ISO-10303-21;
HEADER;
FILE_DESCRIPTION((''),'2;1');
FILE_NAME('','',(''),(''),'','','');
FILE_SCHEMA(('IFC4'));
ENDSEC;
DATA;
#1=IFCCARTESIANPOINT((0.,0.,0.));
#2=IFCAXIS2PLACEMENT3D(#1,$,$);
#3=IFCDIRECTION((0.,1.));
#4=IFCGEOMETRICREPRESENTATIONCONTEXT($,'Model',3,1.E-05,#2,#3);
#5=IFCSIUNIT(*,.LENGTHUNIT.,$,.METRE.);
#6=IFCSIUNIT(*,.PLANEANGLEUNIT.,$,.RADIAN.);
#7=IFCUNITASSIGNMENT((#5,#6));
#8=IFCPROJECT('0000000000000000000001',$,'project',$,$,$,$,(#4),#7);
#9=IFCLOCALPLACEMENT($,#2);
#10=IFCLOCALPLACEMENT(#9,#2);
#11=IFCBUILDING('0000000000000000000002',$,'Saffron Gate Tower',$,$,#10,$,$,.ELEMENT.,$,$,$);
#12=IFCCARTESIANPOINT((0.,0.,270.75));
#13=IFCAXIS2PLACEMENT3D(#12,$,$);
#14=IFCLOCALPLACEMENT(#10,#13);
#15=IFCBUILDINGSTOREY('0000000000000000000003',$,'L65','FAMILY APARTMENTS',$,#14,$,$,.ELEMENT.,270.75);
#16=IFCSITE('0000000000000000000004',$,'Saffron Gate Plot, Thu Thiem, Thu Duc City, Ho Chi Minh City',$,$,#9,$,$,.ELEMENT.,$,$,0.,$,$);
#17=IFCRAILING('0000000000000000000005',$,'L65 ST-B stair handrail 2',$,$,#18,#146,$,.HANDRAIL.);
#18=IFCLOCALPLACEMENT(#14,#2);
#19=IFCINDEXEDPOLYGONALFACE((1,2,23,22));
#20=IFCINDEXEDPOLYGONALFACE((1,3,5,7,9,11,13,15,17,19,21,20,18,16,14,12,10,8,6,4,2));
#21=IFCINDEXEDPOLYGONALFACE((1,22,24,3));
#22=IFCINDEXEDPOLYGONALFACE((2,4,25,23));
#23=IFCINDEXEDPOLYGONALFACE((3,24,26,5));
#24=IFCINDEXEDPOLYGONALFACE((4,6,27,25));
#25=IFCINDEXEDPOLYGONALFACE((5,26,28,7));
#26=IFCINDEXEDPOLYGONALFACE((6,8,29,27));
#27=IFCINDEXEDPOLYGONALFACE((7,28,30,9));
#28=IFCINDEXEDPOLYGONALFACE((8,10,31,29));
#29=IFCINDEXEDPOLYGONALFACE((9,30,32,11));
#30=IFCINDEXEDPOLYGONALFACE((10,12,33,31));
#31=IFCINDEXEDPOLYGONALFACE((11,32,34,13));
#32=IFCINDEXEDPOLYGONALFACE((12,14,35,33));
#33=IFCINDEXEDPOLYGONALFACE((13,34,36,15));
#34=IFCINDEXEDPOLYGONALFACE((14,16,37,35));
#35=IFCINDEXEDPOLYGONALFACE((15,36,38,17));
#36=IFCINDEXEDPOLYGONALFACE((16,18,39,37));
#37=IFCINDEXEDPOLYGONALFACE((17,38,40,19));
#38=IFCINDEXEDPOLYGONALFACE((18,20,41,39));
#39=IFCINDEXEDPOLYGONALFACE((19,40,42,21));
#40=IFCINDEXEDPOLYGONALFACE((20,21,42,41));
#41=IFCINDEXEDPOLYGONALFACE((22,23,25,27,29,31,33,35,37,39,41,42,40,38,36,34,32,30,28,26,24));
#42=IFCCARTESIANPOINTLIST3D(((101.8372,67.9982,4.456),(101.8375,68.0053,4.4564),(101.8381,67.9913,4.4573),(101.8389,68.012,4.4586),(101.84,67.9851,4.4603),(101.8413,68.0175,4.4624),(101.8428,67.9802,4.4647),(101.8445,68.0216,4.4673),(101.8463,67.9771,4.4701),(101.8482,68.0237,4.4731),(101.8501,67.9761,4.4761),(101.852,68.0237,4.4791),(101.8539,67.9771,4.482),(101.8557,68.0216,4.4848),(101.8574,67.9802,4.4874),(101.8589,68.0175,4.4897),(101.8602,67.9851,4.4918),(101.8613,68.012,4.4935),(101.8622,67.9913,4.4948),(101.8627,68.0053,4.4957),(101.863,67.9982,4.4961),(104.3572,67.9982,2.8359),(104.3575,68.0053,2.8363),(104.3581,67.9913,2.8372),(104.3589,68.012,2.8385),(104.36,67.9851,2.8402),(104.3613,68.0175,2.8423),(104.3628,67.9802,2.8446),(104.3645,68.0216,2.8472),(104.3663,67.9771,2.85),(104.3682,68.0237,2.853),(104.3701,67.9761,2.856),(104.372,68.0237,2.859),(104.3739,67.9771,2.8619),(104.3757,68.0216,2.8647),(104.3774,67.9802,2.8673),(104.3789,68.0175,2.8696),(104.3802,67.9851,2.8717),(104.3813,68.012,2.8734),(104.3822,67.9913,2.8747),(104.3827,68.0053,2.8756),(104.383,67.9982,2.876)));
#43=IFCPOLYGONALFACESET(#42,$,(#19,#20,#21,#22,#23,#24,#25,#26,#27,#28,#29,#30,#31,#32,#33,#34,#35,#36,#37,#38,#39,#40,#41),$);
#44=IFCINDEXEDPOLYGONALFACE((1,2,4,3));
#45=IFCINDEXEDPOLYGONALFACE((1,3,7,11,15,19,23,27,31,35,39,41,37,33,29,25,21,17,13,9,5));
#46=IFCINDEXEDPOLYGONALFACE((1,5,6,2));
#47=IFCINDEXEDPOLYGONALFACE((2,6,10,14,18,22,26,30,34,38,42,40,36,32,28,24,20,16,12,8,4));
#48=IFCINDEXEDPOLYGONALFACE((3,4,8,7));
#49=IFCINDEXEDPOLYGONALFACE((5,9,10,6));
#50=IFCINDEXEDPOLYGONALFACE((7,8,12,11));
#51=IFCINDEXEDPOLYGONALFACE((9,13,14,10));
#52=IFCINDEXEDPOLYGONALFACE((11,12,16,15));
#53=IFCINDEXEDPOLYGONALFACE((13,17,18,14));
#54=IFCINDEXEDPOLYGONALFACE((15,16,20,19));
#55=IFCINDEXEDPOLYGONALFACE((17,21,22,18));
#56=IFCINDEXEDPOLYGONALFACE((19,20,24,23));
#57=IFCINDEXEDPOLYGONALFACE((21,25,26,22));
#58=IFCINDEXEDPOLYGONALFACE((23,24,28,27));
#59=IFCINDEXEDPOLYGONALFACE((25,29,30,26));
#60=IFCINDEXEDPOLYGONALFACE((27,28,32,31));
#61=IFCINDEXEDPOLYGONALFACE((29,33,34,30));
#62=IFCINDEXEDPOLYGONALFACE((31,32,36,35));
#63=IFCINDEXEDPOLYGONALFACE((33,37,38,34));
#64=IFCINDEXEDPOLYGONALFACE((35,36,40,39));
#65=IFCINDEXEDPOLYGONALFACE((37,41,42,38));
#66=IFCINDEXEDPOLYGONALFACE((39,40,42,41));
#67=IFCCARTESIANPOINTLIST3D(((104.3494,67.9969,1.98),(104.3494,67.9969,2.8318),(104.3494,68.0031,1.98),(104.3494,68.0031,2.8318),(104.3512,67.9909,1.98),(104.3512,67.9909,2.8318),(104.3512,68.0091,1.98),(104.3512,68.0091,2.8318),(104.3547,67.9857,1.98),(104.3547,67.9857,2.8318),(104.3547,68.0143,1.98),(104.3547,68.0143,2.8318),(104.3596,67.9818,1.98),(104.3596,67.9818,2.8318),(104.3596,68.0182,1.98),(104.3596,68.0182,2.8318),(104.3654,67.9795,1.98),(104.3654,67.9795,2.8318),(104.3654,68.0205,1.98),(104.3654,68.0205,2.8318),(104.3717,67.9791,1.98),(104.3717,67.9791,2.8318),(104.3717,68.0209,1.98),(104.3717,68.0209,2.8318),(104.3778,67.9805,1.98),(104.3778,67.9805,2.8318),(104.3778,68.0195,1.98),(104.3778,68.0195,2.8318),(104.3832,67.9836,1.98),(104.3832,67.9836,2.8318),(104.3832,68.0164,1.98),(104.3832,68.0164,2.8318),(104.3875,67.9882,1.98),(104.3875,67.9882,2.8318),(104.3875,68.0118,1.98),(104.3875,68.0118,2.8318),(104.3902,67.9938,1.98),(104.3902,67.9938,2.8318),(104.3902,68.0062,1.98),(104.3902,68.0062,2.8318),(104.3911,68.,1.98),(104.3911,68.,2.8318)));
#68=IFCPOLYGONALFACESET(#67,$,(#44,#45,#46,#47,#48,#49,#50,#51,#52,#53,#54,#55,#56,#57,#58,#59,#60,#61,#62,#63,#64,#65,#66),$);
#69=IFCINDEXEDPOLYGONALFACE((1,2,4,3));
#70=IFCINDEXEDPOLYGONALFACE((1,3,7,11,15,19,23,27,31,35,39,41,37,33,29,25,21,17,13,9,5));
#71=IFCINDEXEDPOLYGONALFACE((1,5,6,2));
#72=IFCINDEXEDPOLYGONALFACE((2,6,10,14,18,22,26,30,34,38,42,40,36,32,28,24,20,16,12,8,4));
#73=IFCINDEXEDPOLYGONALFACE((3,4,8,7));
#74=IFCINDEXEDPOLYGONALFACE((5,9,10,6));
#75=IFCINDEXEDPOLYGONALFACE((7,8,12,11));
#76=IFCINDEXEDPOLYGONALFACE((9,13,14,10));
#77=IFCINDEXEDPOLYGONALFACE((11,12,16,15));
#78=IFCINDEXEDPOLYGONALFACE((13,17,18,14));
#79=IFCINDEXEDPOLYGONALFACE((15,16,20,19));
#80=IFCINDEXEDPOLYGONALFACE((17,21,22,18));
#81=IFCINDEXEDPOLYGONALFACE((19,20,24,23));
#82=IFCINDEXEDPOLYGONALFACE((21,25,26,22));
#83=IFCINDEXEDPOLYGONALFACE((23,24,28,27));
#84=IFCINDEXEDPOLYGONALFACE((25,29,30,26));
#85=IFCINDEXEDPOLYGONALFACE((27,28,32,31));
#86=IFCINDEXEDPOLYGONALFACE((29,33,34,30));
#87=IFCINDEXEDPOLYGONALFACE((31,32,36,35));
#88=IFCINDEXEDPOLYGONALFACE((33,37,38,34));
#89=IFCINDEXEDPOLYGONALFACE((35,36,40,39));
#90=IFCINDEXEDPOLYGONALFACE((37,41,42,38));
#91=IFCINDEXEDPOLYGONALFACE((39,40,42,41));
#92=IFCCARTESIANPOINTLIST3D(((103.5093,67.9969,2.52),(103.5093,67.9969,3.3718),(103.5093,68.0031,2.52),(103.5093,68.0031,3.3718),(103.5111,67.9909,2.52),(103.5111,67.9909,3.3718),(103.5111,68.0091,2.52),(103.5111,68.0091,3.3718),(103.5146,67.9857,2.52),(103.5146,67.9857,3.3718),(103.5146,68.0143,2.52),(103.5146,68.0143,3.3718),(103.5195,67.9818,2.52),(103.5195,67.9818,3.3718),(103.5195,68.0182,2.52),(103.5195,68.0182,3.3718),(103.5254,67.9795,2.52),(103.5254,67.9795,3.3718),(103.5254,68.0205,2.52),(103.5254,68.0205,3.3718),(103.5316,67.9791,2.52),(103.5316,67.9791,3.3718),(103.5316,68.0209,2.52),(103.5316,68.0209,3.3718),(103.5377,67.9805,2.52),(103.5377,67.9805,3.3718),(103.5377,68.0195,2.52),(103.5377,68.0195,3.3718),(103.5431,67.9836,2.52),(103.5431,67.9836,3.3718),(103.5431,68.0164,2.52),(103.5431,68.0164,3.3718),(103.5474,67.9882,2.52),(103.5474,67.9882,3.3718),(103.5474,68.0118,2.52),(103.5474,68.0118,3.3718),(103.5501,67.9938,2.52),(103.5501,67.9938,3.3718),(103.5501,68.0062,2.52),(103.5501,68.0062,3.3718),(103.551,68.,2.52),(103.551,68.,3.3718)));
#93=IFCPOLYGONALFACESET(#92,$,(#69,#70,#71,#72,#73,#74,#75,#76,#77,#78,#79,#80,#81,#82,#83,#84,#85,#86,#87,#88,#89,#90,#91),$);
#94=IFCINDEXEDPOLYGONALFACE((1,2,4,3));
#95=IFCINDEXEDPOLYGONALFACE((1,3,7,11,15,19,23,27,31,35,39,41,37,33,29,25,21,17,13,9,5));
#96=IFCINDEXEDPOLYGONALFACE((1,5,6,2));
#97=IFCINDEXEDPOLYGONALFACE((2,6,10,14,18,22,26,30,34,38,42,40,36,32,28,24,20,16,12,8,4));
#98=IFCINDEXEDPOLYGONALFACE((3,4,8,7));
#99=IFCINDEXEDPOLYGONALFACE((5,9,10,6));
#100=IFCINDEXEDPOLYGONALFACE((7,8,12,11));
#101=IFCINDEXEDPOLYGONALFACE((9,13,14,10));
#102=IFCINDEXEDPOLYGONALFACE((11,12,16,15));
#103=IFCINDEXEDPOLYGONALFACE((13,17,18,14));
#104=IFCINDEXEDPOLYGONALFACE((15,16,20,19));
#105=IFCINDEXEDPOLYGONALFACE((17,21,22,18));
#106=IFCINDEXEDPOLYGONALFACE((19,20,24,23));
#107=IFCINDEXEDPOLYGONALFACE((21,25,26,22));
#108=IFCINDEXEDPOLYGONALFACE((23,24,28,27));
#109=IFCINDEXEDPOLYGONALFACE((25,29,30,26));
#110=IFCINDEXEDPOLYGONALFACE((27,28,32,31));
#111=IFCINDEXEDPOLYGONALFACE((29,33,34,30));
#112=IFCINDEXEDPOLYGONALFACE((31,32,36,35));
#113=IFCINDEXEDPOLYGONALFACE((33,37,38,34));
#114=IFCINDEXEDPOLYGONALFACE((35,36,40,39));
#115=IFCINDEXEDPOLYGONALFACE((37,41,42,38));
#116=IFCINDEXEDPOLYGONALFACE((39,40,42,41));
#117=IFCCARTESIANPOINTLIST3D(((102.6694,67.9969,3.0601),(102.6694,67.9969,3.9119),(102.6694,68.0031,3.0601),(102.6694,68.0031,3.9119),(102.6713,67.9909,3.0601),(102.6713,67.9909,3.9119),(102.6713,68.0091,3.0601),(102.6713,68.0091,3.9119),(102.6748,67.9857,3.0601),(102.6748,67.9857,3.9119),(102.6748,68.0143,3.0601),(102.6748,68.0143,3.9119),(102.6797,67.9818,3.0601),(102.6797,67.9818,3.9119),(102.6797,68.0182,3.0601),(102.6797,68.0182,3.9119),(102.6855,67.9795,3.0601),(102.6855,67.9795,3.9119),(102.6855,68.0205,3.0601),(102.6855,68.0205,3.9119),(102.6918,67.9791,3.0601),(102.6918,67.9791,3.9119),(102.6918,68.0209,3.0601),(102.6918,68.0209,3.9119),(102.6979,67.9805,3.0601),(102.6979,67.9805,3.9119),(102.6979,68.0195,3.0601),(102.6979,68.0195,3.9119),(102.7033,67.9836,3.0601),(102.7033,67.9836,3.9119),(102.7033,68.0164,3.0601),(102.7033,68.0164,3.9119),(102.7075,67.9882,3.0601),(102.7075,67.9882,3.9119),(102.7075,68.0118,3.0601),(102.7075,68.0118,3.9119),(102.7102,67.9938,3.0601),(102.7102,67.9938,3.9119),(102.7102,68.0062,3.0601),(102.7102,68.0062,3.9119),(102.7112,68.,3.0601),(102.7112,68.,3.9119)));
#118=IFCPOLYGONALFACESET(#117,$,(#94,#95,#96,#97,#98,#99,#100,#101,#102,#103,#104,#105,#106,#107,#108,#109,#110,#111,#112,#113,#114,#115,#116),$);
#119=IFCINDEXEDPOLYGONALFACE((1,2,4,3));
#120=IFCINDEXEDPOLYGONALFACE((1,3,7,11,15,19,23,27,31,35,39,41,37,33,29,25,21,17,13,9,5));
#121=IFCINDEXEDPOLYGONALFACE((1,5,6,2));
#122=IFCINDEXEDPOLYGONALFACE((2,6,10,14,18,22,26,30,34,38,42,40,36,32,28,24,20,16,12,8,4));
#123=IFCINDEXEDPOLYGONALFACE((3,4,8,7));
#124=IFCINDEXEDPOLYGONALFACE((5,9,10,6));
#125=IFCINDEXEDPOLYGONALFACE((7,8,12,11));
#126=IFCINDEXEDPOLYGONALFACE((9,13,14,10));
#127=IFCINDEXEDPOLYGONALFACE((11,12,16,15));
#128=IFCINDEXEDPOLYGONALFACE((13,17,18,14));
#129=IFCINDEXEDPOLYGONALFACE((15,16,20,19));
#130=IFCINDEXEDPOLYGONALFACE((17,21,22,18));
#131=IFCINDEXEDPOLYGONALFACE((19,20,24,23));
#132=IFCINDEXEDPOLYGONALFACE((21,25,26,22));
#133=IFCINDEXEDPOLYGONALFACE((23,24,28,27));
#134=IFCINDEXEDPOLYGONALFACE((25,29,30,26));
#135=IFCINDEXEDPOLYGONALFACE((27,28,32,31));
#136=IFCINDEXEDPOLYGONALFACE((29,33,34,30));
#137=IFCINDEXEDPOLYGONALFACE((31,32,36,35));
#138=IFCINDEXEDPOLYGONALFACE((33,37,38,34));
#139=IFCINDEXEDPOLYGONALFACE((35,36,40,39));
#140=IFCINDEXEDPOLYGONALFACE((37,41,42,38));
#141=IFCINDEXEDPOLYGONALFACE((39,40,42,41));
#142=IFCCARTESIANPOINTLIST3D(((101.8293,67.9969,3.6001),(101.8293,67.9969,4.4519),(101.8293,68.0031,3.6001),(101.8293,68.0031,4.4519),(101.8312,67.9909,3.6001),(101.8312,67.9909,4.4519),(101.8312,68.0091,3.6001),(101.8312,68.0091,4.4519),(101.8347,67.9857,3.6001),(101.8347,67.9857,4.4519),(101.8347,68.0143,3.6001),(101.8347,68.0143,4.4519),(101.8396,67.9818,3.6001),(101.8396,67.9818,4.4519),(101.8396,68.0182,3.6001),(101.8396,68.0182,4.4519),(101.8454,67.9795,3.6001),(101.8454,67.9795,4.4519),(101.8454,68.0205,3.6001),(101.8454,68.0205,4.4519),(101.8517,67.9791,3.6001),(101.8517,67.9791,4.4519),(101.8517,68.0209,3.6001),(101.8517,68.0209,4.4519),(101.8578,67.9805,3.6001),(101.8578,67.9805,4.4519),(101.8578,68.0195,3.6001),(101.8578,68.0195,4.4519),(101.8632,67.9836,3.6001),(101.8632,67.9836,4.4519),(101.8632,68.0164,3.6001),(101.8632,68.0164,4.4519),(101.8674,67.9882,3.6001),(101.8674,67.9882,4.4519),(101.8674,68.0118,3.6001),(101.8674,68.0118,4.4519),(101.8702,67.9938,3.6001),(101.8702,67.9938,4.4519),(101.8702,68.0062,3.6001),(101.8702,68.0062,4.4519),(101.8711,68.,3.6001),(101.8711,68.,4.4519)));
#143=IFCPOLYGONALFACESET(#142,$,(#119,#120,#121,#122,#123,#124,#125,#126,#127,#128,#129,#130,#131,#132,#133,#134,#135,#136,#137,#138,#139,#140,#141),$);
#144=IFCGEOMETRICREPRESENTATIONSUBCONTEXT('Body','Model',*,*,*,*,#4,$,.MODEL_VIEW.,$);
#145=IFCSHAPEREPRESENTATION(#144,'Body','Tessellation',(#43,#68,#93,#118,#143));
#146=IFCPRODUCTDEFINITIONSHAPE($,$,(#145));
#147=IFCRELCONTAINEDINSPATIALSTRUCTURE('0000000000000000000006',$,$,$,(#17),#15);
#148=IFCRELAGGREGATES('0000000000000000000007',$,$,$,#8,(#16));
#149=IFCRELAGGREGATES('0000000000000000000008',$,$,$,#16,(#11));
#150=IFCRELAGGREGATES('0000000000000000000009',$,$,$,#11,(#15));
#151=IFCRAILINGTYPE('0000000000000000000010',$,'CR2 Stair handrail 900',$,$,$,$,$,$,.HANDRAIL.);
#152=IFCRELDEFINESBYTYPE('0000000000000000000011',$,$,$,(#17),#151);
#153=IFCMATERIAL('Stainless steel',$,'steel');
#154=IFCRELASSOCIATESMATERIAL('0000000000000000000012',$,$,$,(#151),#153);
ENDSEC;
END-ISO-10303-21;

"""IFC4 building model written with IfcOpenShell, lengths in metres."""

from ifc_helpers import new_model, si_unit, direction, frame, origin, origin_2d, place, context, subcontext, project, spatial, circle, extrude, material, type_object, element, save


model = new_model("IFC4")

# Units and contexts
model_context = context("Model", 3, precision=1e-05, world=origin(), true_north=direction((0.0, 1.0)))
body_context = subcontext(model_context, "Body", "Model", "MODEL_VIEW")
ifc_project = project(units=[si_unit("LENGTHUNIT", "METRE"), si_unit("PLANEANGLEUNIT", "RADIAN")], contexts=[model_context])

# Site, building, storey
site_placement = place(None, origin())
site = spatial("IfcSite", under=ifc_project, at=site_placement, Name="Saffron Gate Plot, Thu Thiem, Thu Duc City, Ho Chi Minh City", CompositionType="ELEMENT", RefElevation=0.0)
building_placement = place(site_placement, origin())
building = spatial("IfcBuilding", under=site, at=building_placement, Name="Saffron Gate Tower", CompositionType="ELEMENT")
storey_placement = place(building_placement, frame((0.0, 0.0, 270.75)))
storey = spatial("IfcBuildingStorey", under=building, at=storey_placement, Name="L65", Description="FAMILY APARTMENTS", CompositionType="ELEMENT", Elevation=270.75)

# Railing
ifc_material_1 = material(Name="Stainless steel", Category="steel")
railing_type_1 = type_object("IfcRailingType", Name="CR2 Stair handrail 900", PredefinedType="HANDRAIL", material=ifc_material_1)
railing_1_placement = place(storey_placement, frame((104.3701, 68.0, 1.98)))
element("IfcRailing", 1, at=railing_1_placement, inside=storey, type_object=railing_type_1, Name="L65 ST-B stair handrail 2", PredefinedType="HANDRAIL", context=body_context, shape_type="SweptSolid", body=[
    extrude(circle(Radius=0.0239, at=origin_2d()), frame((0.0, 0.0, 0.876), z_axis=(-0.841163, 0.0, 0.540782), x_axis=(0.0, -1.0, 0.0)), (0.0, 0.0, 1.0), 2.9958),
    extrude(circle(Radius=0.021, at=origin_2d()), origin(), (0.0, 0.0, 1.0), 0.8518),
    extrude(circle(Radius=0.021, at=origin_2d()), frame((-0.8401, 0.0, 0.54)), (0.0, 0.0, 1.0), 0.8518),
    extrude(circle(Radius=0.021, at=origin_2d()), frame((-1.6799, 0.0, 1.0801)), (0.0, 0.0, 1.0), 0.8518),
    extrude(circle(Radius=0.021, at=origin_2d()), frame((-2.52, 0.0, 1.6201)), (0.0, 0.0, 1.0), 0.8518),
])

save(model, "model.ifc")
